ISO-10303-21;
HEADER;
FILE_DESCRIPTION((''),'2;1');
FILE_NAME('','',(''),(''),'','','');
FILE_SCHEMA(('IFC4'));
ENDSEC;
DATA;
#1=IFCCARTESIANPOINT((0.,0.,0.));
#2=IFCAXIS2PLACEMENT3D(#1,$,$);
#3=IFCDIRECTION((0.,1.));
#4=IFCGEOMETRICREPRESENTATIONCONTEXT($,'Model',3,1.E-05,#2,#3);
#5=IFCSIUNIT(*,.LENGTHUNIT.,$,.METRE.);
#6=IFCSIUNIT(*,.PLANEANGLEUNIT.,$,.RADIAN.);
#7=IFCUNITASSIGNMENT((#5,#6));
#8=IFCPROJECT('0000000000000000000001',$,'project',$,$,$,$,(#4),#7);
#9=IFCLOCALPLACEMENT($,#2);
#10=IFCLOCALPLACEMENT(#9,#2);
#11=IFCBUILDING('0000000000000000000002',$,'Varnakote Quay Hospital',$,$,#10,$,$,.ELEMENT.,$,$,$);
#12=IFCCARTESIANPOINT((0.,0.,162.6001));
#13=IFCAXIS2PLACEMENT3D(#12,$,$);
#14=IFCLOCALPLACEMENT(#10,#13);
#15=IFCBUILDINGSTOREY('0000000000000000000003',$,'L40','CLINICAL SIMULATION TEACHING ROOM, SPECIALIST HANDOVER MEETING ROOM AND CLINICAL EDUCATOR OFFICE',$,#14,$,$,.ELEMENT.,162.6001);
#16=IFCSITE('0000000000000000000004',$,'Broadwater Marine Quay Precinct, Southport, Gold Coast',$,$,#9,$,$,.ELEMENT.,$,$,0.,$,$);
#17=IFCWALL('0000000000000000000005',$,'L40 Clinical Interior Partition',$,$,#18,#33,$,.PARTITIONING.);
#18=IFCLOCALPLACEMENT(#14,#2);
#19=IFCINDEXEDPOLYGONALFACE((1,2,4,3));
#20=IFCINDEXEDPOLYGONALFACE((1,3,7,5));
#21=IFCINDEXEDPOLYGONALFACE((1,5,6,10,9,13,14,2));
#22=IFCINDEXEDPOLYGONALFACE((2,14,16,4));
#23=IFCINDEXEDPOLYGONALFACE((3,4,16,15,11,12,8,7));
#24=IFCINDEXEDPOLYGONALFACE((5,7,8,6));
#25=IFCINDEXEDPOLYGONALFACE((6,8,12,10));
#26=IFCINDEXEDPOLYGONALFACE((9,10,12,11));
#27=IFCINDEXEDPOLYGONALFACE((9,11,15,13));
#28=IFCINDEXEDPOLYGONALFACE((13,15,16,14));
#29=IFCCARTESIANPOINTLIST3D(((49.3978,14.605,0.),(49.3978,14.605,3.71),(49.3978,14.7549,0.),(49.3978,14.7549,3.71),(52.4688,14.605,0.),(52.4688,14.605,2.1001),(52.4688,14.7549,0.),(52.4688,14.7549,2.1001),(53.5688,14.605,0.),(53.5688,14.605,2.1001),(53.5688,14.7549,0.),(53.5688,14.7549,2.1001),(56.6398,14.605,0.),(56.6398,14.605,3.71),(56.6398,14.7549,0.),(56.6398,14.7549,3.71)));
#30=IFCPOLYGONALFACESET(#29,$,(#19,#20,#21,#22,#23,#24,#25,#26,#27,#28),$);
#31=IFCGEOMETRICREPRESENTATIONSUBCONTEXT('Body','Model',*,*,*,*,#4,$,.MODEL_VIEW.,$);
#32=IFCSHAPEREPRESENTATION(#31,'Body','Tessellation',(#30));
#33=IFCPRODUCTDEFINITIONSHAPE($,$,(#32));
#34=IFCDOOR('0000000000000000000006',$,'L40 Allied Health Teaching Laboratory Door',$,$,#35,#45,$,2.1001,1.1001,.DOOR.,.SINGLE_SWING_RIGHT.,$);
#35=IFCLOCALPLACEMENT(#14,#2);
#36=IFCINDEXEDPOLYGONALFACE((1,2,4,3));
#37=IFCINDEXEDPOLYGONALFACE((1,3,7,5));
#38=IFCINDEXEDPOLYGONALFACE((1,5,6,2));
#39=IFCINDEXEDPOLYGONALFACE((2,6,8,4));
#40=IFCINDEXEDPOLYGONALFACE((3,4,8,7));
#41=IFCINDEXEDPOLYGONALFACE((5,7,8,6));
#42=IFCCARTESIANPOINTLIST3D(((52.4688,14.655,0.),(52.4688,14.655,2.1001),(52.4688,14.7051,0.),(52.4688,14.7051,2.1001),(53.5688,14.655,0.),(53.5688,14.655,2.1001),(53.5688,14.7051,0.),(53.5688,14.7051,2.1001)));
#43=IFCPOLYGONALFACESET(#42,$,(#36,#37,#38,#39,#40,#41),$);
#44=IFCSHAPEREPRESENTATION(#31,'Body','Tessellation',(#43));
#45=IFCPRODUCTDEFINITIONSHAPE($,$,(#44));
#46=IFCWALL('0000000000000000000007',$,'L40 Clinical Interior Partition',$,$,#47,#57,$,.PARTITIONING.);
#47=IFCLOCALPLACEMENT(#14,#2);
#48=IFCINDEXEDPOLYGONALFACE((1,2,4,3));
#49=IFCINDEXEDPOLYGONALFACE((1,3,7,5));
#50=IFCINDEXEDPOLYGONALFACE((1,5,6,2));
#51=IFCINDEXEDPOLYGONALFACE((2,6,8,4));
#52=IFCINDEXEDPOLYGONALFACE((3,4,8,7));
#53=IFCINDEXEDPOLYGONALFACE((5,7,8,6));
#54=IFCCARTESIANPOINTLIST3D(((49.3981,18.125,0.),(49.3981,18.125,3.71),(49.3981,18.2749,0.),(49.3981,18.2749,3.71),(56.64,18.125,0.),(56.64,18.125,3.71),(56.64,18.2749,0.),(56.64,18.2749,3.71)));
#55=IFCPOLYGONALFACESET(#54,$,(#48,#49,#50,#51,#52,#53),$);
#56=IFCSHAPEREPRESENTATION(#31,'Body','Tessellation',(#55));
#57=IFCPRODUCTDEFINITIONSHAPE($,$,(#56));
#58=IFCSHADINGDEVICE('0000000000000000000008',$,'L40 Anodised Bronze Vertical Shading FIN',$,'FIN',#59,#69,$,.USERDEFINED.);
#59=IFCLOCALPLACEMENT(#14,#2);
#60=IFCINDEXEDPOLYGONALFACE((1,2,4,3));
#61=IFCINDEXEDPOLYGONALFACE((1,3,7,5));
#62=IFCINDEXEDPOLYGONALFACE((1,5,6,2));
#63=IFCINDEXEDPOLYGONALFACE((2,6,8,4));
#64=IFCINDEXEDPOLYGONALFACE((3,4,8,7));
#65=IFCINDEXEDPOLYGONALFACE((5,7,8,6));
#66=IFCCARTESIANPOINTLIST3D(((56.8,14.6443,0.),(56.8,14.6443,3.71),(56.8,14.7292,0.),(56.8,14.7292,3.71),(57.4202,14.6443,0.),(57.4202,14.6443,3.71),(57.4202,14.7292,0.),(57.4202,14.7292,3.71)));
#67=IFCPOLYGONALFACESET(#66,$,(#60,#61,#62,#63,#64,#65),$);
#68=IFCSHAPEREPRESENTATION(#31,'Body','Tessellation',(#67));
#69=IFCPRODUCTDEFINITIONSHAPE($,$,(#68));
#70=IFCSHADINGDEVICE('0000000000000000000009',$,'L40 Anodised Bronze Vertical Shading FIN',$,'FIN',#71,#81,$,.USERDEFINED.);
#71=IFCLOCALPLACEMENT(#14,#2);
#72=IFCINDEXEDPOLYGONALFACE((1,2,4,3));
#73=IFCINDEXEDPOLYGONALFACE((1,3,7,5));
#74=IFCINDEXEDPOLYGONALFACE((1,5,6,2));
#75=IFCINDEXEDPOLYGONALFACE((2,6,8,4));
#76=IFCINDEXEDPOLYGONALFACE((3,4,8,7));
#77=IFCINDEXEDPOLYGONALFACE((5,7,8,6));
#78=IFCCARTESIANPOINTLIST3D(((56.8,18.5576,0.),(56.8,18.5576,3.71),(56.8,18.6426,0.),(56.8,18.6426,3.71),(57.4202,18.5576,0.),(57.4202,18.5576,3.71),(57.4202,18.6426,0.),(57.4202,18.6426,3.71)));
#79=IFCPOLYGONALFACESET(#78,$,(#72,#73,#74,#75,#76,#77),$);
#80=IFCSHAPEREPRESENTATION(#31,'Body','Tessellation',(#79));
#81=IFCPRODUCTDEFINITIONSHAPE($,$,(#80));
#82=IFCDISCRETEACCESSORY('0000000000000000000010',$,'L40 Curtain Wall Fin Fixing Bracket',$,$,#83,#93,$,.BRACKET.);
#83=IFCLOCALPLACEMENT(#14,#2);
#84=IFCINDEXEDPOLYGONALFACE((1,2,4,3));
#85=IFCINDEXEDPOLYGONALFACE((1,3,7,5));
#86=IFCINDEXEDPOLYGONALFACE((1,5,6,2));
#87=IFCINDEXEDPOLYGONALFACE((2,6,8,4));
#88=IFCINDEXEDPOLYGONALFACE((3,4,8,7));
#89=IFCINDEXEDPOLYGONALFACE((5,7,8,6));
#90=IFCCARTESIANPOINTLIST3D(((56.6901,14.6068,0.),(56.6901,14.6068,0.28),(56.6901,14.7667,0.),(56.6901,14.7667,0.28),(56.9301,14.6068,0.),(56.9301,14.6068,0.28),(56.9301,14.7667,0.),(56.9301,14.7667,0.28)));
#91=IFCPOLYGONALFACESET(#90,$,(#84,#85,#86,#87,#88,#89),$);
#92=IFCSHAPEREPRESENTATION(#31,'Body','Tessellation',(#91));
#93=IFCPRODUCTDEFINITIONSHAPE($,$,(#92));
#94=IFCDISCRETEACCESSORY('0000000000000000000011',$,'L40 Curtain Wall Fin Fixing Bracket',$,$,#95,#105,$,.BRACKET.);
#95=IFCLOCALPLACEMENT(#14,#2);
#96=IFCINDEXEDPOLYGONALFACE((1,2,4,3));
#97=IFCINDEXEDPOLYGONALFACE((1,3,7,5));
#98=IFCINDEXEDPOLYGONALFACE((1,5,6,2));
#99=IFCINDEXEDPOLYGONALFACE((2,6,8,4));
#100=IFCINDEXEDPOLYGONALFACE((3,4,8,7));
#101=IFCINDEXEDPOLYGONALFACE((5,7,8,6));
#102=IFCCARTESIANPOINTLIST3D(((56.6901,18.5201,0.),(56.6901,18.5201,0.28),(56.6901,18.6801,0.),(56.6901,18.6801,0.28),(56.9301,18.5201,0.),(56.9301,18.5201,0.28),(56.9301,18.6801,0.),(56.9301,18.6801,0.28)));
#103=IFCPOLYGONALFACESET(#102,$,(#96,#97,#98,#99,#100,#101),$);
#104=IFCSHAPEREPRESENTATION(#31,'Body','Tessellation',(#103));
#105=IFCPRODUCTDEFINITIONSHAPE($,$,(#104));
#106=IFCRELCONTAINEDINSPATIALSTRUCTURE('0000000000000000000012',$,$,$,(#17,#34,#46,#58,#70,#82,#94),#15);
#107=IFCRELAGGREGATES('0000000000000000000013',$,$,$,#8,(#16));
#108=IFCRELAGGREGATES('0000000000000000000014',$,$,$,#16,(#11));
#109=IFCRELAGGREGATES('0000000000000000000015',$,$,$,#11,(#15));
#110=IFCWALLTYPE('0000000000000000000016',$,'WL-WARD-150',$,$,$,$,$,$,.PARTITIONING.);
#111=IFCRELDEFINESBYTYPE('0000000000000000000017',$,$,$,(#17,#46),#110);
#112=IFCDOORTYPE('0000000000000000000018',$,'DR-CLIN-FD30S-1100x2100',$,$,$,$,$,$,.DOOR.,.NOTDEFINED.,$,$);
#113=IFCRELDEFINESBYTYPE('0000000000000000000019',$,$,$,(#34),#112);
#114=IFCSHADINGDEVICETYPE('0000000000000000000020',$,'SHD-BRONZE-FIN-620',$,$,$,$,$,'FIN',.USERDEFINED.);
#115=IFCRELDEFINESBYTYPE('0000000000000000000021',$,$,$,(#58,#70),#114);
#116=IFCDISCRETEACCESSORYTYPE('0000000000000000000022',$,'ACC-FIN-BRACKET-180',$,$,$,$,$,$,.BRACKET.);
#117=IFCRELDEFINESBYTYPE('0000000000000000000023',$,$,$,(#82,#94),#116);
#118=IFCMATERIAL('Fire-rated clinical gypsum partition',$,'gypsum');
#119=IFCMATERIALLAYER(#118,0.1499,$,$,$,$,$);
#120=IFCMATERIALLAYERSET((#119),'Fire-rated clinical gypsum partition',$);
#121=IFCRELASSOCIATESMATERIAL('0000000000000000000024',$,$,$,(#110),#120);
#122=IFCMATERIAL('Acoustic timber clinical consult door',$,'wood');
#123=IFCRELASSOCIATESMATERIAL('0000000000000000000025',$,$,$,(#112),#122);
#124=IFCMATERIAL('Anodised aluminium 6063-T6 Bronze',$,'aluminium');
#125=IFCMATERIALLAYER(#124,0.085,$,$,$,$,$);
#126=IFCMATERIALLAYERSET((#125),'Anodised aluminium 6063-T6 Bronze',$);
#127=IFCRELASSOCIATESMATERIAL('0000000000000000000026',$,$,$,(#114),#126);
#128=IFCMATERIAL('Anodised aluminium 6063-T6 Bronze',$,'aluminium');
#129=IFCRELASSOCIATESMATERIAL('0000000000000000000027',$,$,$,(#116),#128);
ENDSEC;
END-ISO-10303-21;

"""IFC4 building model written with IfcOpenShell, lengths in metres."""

from ifc_helpers import new_model, si_unit, direction, frame, frame_2d, origin, origin_2d, place, context, subcontext, project, spatial, rectangle, extrude, material, layer, layer_set, type_object, element, fill, save


model = new_model("IFC4")

# Units and contexts
model_context = context("Model", 3, precision=1e-05, world=origin(), true_north=direction((0.0, 1.0)))
body_context = subcontext(model_context, "Body", "Model", "MODEL_VIEW")
ifc_project = project(units=[si_unit("LENGTHUNIT", "METRE"), si_unit("PLANEANGLEUNIT", "RADIAN")], contexts=[model_context])

# Site, building, storey
site_placement = place(None, origin())
site = spatial("IfcSite", under=ifc_project, at=site_placement, Name="Broadwater Marine Quay Precinct, Southport, Gold Coast", CompositionType="ELEMENT", RefElevation=0.0)
building_placement = place(site_placement, origin())
building = spatial("IfcBuilding", under=site, at=building_placement, Name="Varnakote Quay Hospital", CompositionType="ELEMENT")
storey_placement = place(building_placement, frame((0.0, 0.0, 162.6001)))
storey = spatial("IfcBuildingStorey", under=building, at=storey_placement, Name="L40", Description="CLINICAL SIMULATION TEACHING ROOM, SPECIALIST HANDOVER MEETING ROOM AND CLINICAL EDUCATOR OFFICE", CompositionType="ELEMENT", Elevation=162.6001)

# Wall, opening, door
ifc_material_1 = material(Name="Fire-rated clinical gypsum partition", Category="gypsum")
ifc_layer_1 = layer(ifc_material_1, 0.1499)
ifc_layer_set_1 = layer_set([ifc_layer_1], Name="Fire-rated clinical gypsum partition")
wall_type_1 = type_object("IfcWallType", Name="WL-WARD-150", PredefinedType="PARTITIONING", material=ifc_layer_set_1)
ifc_material_2 = material(Name="Acoustic timber clinical consult door", Category="wood")
door_type = type_object("IfcDoorType", Name="DR-CLIN-FD30S-1100x2100", OperationType="NOTDEFINED", PredefinedType="DOOR", material=ifc_material_2)
wall_1_placement = place(storey_placement, frame((56.6399, 14.6799, 0.0), z_axis=(0.0, 0.0, 1.0), x_axis=(-1.0, 0.0, 0.0)))
wall_1 = element("IfcWall", 1, at=wall_1_placement, inside=storey, type_object=wall_type_1, Name="L40 Clinical Interior Partition", PredefinedType="PARTITIONING", context=body_context, shape_type="SweptSolid", body=[
    extrude(rectangle(XDim=7.2419, YDim=0.1499, at=frame_2d((3.6211, 0.0))), origin(), (0.0, 0.0, 1.0), 3.71),
])
opening_1_placement = place(wall_1_placement, frame((3.071, 0.0, 0.0)))
opening_1 = element("IfcOpeningElement", 2, at=opening_1_placement, cuts=wall_1, PredefinedType="OPENING", context=body_context, shape_type="SweptSolid", body=[
    extrude(rectangle(XDim=1.1001, YDim=2.1001, at=frame_2d((0.55, 1.05))), frame((0.0, 0.085, 0.0), z_axis=(0.0, -1.0, 0.0), x_axis=(1.0, 0.0, 0.0)), (0.0, 0.0, 1.0), 0.1699),
])
door_1_placement = place(opening_1_placement, origin())
door_1 = element("IfcDoor", 3, at=door_1_placement, inside=storey, type_object=door_type, Name="L40 Allied Health Teaching Laboratory Door", OperationType="SINGLE_SWING_RIGHT", OverallHeight=2.1001, OverallWidth=1.1001, PredefinedType="DOOR", context=body_context, shape_type="SweptSolid", body=[
    extrude(rectangle(XDim=1.1001, YDim=2.1001, at=frame_2d((0.55, 1.05))), frame((0.0, 0.0249, 0.0), z_axis=(0.0, -1.0, 0.0), x_axis=(1.0, 0.0, 0.0)), (0.0, 0.0, 1.0), 0.05),
])
fill(opening_1, door_1)

# Wall
wall_2_placement = place(storey_placement, frame((49.3979, 18.2, 0.0), z_axis=(0.0, 0.0, 1.0), x_axis=(1.0, 0.0, 0.0)))
element("IfcWall", 4, at=wall_2_placement, inside=storey, type_object=wall_type_1, Name="L40 Clinical Interior Partition", PredefinedType="PARTITIONING", context=body_context, shape_type="SweptSolid", body=[
    extrude(rectangle(XDim=7.2419, YDim=0.1499, at=frame_2d((3.6211, 0.0))), origin(), (0.0, 0.0, 1.0), 3.71),
])

# Shading devices
ifc_material_3 = material(Name="Anodised aluminium 6063-T6 Bronze", Category="aluminium")
ifc_layer_2 = layer(ifc_material_3, 0.085)
ifc_layer_set_2 = layer_set([ifc_layer_2], Name="Anodised aluminium 6063-T6 Bronze")
shading_device_type = type_object("IfcShadingDeviceType", Name="SHD-BRONZE-FIN-620", ElementType="FIN", PredefinedType="USERDEFINED", material=ifc_layer_set_2)
for number, where, z_axis, x_axis, name in (
    (5, (57.1101, 14.6868, 0.0), (0.0, 0.0, 1.0), (-1.0, 0.0, 0.0), "L40 Anodised Bronze Vertical Shading FIN"),
    (6, (57.1101, 18.6001, 0.0), (0.0, 0.0, 1.0), (-1.0, 0.0, 0.0), "L40 Anodised Bronze Vertical Shading FIN"),
):
    element("IfcShadingDevice", number, at=place(storey_placement, frame(where, z_axis=z_axis, x_axis=x_axis)), inside=storey, type_object=shading_device_type, Name=name, ObjectType="FIN", PredefinedType="USERDEFINED", context=body_context, shape_type="SweptSolid", body=[
        extrude(rectangle(XDim=0.6201, YDim=0.085, at=origin_2d()), origin(), (0.0, 0.0, 1.0), 3.71),
    ])

# Discrete accessories
ifc_material_4 = material(Name="Anodised aluminium 6063-T6 Bronze", Category="aluminium")
discrete_accessory_type = type_object("IfcDiscreteAccessoryType", Name="ACC-FIN-BRACKET-180", PredefinedType="BRACKET", material=ifc_material_4)
for number, where, z_axis, x_axis, name in (
    (7, (56.8101, 14.6868, 0.0), (0.0, 0.0, 1.0), (0.0, 1.0, 0.0), "L40 Curtain Wall Fin Fixing Bracket"),
    (8, (56.8101, 18.6001, 0.0), (0.0, 0.0, 1.0), (0.0, 1.0, 0.0), "L40 Curtain Wall Fin Fixing Bracket"),
):
    element("IfcDiscreteAccessory", number, at=place(storey_placement, frame(where, z_axis=z_axis, x_axis=x_axis)), inside=storey, type_object=discrete_accessory_type, Name=name, PredefinedType="BRACKET", context=body_context, shape_type="SweptSolid", body=[
        extrude(rectangle(XDim=0.1599, YDim=0.24, at=origin_2d()), origin(), (0.0, 0.0, 1.0), 0.28),
    ])

save(model, "model.ifc")
